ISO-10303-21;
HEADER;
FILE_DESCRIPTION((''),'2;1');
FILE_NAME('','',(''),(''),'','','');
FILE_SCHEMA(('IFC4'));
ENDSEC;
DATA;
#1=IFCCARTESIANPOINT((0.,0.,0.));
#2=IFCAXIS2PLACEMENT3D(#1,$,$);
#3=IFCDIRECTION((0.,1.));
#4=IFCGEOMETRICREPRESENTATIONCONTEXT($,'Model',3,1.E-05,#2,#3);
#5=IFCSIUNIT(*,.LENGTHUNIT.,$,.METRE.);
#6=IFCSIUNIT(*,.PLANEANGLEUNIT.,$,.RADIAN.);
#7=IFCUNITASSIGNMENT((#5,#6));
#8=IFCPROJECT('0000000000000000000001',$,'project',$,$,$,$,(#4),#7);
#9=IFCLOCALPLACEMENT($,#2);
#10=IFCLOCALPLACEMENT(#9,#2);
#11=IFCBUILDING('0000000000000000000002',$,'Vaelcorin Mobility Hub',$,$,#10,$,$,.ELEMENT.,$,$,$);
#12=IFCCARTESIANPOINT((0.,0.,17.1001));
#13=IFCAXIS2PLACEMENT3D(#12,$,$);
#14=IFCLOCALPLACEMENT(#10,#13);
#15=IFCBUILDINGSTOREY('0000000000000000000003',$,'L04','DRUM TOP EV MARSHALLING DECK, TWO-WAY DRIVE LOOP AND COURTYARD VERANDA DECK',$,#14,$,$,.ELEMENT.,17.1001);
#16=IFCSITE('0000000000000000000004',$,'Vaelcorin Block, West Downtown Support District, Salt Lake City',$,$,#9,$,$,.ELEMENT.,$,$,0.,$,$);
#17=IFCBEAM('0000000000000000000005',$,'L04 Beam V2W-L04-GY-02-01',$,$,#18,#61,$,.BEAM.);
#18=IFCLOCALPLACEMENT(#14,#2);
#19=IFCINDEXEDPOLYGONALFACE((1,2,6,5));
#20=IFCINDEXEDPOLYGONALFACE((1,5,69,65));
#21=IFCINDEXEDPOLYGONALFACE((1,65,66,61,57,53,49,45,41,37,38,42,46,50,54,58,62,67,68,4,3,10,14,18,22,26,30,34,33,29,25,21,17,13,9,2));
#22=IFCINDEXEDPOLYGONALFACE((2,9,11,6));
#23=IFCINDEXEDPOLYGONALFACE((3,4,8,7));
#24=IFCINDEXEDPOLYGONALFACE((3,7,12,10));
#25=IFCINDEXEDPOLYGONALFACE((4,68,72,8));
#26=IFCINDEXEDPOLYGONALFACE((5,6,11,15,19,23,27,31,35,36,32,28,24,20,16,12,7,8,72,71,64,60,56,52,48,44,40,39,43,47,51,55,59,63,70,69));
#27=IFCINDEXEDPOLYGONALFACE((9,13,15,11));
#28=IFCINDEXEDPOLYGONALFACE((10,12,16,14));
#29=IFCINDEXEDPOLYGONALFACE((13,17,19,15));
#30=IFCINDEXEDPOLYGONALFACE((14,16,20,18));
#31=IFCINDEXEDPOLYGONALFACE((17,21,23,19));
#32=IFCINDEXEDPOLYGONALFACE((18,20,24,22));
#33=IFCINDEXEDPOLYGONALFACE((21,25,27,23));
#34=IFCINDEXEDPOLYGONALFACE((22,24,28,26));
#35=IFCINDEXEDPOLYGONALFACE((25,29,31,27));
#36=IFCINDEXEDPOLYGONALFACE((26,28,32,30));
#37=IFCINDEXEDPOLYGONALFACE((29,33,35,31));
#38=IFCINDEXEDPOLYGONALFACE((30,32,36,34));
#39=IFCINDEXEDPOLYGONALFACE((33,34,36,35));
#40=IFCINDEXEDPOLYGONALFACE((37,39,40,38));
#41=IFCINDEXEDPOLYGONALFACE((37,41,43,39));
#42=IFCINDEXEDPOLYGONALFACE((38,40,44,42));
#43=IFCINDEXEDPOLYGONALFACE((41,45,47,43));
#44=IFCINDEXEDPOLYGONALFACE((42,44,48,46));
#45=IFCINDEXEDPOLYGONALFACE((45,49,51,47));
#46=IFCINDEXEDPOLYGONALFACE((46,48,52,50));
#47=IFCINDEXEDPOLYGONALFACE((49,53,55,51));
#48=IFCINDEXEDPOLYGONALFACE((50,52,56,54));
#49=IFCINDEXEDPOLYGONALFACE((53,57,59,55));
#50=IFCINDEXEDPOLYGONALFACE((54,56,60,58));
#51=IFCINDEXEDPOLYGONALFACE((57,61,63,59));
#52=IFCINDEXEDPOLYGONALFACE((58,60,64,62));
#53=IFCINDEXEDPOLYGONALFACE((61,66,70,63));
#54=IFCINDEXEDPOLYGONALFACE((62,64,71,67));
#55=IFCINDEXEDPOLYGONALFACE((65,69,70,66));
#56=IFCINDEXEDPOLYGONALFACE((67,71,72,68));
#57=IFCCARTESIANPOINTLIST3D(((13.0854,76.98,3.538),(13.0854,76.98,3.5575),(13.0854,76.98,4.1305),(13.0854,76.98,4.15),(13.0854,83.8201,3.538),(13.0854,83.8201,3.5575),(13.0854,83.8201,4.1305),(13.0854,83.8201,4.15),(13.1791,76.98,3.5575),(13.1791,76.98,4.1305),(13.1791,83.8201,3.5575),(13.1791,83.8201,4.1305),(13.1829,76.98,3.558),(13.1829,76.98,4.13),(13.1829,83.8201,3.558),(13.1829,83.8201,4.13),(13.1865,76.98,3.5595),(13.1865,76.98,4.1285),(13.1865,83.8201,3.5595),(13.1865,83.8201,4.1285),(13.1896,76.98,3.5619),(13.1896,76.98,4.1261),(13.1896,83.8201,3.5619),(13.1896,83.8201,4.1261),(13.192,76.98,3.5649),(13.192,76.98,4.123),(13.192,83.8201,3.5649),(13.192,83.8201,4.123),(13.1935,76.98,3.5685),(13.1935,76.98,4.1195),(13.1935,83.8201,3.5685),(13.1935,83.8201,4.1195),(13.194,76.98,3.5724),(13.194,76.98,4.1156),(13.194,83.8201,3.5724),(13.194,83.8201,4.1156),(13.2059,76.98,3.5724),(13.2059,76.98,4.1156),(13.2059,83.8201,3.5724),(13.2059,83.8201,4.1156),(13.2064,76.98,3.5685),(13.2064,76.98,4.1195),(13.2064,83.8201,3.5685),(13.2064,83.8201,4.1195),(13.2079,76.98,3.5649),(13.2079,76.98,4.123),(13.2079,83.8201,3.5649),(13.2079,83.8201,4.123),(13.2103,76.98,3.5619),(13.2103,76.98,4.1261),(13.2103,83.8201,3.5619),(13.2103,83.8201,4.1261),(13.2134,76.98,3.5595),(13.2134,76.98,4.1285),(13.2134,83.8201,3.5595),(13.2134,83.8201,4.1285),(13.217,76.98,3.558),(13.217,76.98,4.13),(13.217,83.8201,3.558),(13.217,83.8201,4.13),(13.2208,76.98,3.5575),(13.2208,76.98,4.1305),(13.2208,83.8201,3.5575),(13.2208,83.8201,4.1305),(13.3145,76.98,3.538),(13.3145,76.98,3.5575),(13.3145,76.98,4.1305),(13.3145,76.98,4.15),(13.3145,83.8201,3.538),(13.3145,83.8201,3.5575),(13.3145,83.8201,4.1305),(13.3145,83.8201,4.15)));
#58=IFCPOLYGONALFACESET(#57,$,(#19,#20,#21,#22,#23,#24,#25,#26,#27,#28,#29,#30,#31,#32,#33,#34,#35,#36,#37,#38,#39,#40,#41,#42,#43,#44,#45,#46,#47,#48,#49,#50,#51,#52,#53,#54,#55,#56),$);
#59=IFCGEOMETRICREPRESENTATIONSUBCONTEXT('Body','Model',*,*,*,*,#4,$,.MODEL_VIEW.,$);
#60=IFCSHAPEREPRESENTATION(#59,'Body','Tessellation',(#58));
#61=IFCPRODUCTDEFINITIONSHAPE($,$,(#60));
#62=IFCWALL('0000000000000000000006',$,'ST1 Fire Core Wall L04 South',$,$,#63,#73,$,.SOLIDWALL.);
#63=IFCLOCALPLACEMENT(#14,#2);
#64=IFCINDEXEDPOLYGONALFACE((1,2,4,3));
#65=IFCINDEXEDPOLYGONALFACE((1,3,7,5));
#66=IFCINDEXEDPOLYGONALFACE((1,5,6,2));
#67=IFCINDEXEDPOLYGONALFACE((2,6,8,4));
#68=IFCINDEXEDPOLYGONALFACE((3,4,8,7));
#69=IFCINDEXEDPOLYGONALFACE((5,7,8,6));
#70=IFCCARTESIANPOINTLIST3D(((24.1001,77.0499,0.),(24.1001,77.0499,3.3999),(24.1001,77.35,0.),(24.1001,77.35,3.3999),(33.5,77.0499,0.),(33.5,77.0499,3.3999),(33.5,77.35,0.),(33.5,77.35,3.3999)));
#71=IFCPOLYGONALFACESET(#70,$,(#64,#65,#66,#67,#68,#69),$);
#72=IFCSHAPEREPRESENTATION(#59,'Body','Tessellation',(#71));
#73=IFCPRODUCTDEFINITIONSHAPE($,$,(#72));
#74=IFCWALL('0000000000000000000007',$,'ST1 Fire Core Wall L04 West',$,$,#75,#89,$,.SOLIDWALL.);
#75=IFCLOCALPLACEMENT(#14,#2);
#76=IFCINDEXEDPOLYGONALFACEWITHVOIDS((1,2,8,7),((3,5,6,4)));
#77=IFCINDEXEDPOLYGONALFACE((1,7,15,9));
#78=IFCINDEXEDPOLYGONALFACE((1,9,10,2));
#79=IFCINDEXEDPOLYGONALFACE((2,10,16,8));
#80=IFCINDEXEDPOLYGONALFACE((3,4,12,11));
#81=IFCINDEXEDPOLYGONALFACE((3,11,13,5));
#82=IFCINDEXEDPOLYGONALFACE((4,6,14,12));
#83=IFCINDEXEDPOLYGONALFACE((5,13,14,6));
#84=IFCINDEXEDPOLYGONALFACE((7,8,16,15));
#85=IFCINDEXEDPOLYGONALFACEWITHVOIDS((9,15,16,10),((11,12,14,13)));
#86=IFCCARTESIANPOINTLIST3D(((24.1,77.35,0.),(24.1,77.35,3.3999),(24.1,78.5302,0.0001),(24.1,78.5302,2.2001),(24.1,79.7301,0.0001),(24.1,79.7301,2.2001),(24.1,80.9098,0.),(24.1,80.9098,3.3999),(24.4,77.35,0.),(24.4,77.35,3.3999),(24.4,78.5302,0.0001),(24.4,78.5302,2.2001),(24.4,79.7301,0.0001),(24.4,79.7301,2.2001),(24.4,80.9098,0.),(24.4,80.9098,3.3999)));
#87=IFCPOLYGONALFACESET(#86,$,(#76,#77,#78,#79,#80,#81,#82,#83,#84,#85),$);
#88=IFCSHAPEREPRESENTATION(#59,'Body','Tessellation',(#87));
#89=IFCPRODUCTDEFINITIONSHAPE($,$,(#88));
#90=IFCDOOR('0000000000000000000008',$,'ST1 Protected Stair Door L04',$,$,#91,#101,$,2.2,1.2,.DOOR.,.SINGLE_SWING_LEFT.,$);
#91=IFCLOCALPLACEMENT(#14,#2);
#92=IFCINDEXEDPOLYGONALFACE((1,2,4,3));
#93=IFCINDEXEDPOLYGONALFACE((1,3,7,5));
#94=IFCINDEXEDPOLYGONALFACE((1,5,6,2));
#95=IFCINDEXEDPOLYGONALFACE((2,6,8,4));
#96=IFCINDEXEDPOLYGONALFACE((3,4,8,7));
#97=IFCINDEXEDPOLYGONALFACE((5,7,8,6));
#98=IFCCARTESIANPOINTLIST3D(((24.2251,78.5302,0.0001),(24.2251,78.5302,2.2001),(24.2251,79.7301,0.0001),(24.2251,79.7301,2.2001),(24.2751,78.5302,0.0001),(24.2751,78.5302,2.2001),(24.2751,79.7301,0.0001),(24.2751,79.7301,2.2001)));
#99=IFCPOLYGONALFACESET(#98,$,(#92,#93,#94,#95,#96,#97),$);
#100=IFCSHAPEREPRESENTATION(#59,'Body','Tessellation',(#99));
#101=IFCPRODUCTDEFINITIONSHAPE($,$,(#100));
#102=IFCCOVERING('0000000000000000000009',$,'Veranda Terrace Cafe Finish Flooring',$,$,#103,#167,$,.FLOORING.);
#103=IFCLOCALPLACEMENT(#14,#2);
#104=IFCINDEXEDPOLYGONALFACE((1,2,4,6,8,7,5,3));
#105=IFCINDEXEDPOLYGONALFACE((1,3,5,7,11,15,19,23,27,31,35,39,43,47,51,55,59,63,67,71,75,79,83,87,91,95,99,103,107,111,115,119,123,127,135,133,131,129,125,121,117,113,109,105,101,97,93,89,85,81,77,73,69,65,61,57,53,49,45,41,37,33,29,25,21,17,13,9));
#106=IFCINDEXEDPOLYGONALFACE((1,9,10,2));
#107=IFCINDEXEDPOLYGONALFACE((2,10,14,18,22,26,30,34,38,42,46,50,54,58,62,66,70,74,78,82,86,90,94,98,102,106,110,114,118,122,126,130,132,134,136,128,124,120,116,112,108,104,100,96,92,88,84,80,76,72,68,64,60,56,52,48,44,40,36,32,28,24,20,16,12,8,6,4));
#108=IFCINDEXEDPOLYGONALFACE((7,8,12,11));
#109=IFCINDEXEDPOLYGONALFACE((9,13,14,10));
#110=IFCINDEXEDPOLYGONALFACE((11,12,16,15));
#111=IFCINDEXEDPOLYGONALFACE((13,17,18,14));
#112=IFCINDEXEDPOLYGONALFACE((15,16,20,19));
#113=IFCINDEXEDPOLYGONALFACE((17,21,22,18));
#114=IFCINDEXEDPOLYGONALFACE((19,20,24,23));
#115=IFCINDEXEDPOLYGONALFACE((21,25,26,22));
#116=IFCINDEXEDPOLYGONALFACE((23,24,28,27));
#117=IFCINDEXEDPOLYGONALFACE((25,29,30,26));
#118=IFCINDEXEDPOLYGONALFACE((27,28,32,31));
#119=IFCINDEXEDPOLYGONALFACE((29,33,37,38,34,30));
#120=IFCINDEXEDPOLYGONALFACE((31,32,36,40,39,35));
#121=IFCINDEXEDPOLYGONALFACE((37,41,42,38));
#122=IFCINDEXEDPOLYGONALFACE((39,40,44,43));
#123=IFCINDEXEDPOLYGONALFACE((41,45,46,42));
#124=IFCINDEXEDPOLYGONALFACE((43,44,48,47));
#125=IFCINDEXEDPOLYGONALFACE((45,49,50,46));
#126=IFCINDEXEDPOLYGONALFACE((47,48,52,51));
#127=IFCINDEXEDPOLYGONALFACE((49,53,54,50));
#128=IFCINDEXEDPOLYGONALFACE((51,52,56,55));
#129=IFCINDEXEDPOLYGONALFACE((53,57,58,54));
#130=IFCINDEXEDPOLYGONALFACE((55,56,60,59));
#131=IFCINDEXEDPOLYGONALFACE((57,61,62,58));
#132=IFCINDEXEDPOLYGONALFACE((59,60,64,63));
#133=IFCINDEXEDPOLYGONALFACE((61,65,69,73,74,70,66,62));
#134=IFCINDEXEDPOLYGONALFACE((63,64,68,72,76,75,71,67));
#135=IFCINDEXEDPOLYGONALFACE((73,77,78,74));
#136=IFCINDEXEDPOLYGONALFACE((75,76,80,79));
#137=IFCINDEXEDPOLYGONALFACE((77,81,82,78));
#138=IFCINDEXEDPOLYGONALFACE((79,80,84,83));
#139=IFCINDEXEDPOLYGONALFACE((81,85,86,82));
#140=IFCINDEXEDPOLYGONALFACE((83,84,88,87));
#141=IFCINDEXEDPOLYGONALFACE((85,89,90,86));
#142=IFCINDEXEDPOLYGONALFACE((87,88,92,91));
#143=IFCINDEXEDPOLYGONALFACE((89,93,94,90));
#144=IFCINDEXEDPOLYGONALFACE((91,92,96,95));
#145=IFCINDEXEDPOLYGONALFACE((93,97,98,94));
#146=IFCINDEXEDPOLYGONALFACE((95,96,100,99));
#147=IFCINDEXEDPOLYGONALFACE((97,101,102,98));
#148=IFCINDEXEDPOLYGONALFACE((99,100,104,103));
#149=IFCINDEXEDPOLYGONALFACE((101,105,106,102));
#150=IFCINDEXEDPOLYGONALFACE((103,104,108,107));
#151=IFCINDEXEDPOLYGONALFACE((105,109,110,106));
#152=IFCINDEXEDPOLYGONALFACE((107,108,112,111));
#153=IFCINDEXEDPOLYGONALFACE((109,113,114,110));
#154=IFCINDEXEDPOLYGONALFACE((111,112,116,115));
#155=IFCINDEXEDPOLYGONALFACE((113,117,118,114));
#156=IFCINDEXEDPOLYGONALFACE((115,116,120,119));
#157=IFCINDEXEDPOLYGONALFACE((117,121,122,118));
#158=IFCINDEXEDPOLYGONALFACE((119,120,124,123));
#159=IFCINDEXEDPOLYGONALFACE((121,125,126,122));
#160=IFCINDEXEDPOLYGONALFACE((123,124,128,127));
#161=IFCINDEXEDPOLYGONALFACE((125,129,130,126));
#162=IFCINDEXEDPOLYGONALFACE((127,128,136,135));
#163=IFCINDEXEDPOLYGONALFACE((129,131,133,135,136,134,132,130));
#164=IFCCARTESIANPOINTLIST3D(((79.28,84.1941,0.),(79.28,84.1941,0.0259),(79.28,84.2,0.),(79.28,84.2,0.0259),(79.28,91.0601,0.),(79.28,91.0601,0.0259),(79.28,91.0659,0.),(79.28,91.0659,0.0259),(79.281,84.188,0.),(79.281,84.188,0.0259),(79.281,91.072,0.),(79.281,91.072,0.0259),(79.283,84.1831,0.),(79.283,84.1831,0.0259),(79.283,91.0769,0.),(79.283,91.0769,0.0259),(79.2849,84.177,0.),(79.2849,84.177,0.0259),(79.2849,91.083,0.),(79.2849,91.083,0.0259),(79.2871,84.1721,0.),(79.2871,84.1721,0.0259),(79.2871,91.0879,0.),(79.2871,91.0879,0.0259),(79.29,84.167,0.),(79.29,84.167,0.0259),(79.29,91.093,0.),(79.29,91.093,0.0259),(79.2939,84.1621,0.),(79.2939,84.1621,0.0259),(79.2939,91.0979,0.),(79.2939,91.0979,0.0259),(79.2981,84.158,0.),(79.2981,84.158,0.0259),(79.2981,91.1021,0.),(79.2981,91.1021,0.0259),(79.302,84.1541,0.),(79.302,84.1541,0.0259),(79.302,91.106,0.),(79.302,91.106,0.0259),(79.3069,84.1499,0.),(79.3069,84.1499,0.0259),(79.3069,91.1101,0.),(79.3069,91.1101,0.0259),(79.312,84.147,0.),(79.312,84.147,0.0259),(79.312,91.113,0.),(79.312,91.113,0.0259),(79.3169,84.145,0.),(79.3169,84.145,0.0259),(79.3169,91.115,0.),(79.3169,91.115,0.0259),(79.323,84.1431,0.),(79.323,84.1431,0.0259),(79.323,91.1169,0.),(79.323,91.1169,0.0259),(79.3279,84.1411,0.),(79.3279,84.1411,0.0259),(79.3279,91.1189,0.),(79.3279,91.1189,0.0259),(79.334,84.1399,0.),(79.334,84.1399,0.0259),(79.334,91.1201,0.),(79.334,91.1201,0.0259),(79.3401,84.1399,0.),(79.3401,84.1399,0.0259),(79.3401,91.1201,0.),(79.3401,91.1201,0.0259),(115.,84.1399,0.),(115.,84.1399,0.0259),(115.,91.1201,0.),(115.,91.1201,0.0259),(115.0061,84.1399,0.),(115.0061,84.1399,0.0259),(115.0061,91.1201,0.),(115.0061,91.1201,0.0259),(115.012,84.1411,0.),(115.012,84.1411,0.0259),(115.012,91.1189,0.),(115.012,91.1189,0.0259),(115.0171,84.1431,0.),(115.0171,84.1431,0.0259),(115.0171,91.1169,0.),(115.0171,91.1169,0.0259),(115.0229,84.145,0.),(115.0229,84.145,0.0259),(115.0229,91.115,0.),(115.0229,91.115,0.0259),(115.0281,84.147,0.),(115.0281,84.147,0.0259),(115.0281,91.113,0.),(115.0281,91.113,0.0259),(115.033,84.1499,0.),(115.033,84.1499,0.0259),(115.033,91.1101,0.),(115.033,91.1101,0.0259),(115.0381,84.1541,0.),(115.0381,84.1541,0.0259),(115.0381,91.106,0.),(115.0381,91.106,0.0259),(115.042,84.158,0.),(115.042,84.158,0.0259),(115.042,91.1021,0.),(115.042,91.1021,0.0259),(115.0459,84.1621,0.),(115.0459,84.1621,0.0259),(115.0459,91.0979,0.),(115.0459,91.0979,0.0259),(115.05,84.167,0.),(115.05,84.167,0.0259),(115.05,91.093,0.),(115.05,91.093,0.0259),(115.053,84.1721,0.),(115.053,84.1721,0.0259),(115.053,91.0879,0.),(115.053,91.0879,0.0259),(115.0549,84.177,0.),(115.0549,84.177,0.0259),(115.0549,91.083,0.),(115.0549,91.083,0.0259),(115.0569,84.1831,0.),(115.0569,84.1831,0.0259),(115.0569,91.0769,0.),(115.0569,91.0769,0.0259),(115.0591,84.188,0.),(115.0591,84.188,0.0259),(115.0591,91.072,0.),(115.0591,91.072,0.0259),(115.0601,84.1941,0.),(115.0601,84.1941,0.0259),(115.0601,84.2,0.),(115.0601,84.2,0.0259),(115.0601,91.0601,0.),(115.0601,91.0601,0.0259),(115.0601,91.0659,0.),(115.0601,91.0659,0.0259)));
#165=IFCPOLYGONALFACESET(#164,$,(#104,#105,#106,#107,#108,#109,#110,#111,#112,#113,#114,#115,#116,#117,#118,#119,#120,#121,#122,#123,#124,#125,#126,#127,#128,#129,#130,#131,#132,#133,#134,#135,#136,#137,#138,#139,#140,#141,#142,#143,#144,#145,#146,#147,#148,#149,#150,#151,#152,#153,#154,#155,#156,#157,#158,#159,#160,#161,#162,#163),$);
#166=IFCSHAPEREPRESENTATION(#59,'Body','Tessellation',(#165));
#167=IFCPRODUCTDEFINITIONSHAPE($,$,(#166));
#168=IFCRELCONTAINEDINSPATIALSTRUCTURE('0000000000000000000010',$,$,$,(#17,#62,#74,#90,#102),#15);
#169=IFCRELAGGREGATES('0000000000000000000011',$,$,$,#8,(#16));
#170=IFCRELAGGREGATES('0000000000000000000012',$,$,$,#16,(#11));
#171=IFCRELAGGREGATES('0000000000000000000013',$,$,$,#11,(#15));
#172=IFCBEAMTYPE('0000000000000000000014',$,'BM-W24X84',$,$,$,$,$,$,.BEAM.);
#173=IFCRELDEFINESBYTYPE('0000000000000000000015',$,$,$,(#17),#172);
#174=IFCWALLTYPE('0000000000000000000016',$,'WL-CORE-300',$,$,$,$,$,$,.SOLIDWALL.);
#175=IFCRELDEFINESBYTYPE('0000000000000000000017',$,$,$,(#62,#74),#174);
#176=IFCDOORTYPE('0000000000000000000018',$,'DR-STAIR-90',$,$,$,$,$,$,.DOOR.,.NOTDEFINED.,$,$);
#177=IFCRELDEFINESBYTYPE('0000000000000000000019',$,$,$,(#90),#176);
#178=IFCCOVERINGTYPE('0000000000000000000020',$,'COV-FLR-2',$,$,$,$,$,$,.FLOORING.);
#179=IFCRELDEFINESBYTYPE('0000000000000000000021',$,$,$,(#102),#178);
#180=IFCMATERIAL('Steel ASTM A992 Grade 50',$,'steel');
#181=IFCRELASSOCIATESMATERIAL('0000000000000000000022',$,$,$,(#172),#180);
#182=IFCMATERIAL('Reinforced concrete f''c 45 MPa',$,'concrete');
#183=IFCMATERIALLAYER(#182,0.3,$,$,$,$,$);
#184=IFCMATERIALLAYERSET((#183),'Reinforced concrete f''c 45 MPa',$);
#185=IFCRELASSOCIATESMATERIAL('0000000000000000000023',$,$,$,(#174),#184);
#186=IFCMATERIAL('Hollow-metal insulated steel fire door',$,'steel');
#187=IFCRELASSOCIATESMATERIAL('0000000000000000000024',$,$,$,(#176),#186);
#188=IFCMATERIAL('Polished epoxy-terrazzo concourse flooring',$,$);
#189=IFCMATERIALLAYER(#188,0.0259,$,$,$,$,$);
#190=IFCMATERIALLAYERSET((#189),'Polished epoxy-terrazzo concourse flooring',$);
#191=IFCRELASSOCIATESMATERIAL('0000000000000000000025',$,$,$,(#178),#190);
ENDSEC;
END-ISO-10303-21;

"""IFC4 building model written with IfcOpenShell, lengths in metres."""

from ifc_helpers import new_model, si_unit, direction, frame, frame_2d, origin, origin_2d, place, context, subcontext, project, spatial, polyline, rectangle, i_section, outline, extrude, material, layer, layer_set, material_profile, profile_set, type_object, element, fill, save


model = new_model("IFC4")

# Units and contexts
model_context = context("Model", 3, precision=1e-05, world=origin(), true_north=direction((0.0, 1.0)))
body_context = subcontext(model_context, "Body", "Model", "MODEL_VIEW")
ifc_project = project(units=[si_unit("LENGTHUNIT", "METRE"), si_unit("PLANEANGLEUNIT", "RADIAN")], contexts=[model_context])

# Site, building, storey
site_placement = place(None, origin())
site = spatial("IfcSite", under=ifc_project, at=site_placement, Name="Vaelcorin Block, West Downtown Support District, Salt Lake City", CompositionType="ELEMENT", RefElevation=0.0)
building_placement = place(site_placement, origin())
building = spatial("IfcBuilding", under=site, at=building_placement, Name="Vaelcorin Mobility Hub", CompositionType="ELEMENT")
storey_placement = place(building_placement, frame((0.0, 0.0, 17.1001)))
storey = spatial("IfcBuildingStorey", under=building, at=storey_placement, Name="L04", Description="DRUM TOP EV MARSHALLING DECK, TWO-WAY DRIVE LOOP AND COURTYARD VERANDA DECK", CompositionType="ELEMENT", Elevation=17.1001)

# Shared definitions
ifc_material_1 = material(Name="Steel ASTM A992 Grade 50", Category="steel")

# Beam
ifc_material_profile_1 = material_profile(ifc_material_1, i_section(OverallWidth=0.229, OverallDepth=0.6121, WebThickness=0.012, FlangeThickness=0.0195, FilletRadius=0.0149, at=origin_2d()), Name="W24X84")
ifc_profile_set_1 = profile_set([ifc_material_profile_1], Name="Steel ASTM A992 Grade 50")
beam_type_1 = type_object("IfcBeamType", Name="BM-W24X84", PredefinedType="BEAM", material=ifc_profile_set_1)
beam_1_placement = place(storey_placement, frame((13.2, 76.98, 3.844), z_axis=(0.0, 1.0, 0.0), x_axis=(-1.0, 0.0, 0.0)))
element("IfcBeam", 1, at=beam_1_placement, inside=storey, type_object=beam_type_1, Name="L04 Beam V2W-L04-GY-02-01", PredefinedType="BEAM", context=body_context, shape_type="SweptSolid", body=[
    extrude(i_section(OverallWidth=0.229, OverallDepth=0.6121, WebThickness=0.012, FlangeThickness=0.0195, FilletRadius=0.0149, at=origin_2d()), origin(), (0.0, 0.0, 1.0), 6.8401),
])

# Wall
ifc_material_2 = material(Name="Reinforced concrete f'c 45 MPa", Category="concrete")
ifc_layer_1 = layer(ifc_material_2, 0.3)
ifc_layer_set_1 = layer_set([ifc_layer_1], Name="Reinforced concrete f'c 45 MPa")
wall_type = type_object("IfcWallType", Name="WL-CORE-300", PredefinedType="SOLIDWALL", material=ifc_layer_set_1)
wall_1_placement = place(storey_placement, frame((33.5, 77.2, 0.0), z_axis=(0.0, 0.0, 1.0), x_axis=(-1.0, 0.0, 0.0)))
element("IfcWall", 2, at=wall_1_placement, inside=storey, type_object=wall_type, Name="ST1 Fire Core Wall L04 South", PredefinedType="SOLIDWALL", context=body_context, shape_type="SweptSolid", body=[
    extrude(rectangle(XDim=9.3999, YDim=0.3, at=frame_2d((4.7, 0.0))), origin(), (0.0, 0.0, 1.0), 3.3999),
])

# Wall, opening, door
wall_2_placement = place(storey_placement, frame((24.25, 77.3501, 0.0), z_axis=(0.0, 0.0, 1.0), x_axis=(0.0, 1.0, 0.0)))
wall_2 = element("IfcWall", 3, at=wall_2_placement, inside=storey, type_object=wall_type, Name="ST1 Fire Core Wall L04 West", PredefinedType="SOLIDWALL", context=body_context, shape_type="SweptSolid", body=[
    extrude(rectangle(XDim=3.5598, YDim=0.3, at=frame_2d((1.7798, 0.0))), origin(), (0.0, 0.0, 1.0), 3.3999),
])
opening_placement = place(wall_2_placement, frame((1.1799, 0.0, 0.0)))
opening = element("IfcOpeningElement", 4, at=opening_placement, cuts=wall_2, PredefinedType="OPENING", context=body_context, shape_type="SweptSolid", body=[
    extrude(rectangle(XDim=1.2, YDim=2.2, at=frame_2d((0.6001, 1.1001))), frame((0.0, 0.1599, 0.0), z_axis=(0.0, -1.0, 0.0), x_axis=(1.0, 0.0, 0.0)), (0.0, 0.0, 1.0), 0.3201),
])
ifc_material_3 = material(Name="Hollow-metal insulated steel fire door", Category="steel")
door_type = type_object("IfcDoorType", Name="DR-STAIR-90", OperationType="NOTDEFINED", PredefinedType="DOOR", material=ifc_material_3)
door_placement = place(opening_placement, origin())
door = element("IfcDoor", 5, at=door_placement, inside=storey, type_object=door_type, Name="ST1 Protected Stair Door L04", OperationType="SINGLE_SWING_LEFT", OverallHeight=2.2, OverallWidth=1.2, PredefinedType="DOOR", context=body_context, shape_type="SweptSolid", body=[
    extrude(rectangle(XDim=1.2, YDim=2.2, at=frame_2d((0.6001, 1.1001))), frame((0.0, 0.0249, 0.0), z_axis=(0.0, -1.0, 0.0), x_axis=(1.0, 0.0, 0.0)), (0.0, 0.0, 1.0), 0.05),
])
fill(opening, door)

# Covering
ifc_material_4 = material(Name="Polished epoxy-terrazzo concourse flooring")
ifc_layer_2 = layer(ifc_material_4, 0.0259)
ifc_layer_set_2 = layer_set([ifc_layer_2], Name="Polished epoxy-terrazzo concourse flooring")
covering_type = type_object("IfcCoveringType", Name="COV-FLR-2", PredefinedType="FLOORING", material=ifc_layer_set_2)
covering_placement = place(storey_placement, origin())
element("IfcCovering", 6, at=covering_placement, inside=storey, type_object=covering_type, Name="Veranda Terrace Cafe Finish Flooring", PredefinedType="FLOORING", context=body_context, shape_type="SweptSolid", body=[
    extrude(outline(polyline([(79.3401, 84.1399), (79.334, 84.1399), (79.3279, 84.1411), (79.323, 84.1431), (79.3169, 84.145), (79.312, 84.147), (79.3069, 84.1499), (79.302, 84.1541), (79.2981, 84.158), (79.2939, 84.1621), (79.29, 84.167), (79.2871, 84.1721), (79.2849, 84.177), (79.283, 84.1831), (79.281, 84.188), (79.28, 84.1941), (79.28, 84.2), (79.28, 91.0601), (79.28, 91.0659), (79.281, 91.072), (79.283, 91.0769), (79.2849, 91.083), (79.2871, 91.0879), (79.29, 91.093), (79.2939, 91.0979), (79.2981, 91.1021), (79.302, 91.106), (79.3069, 91.1101), (79.312, 91.113), (79.3169, 91.115), (79.323, 91.1169), (79.3279, 91.1189), (79.334, 91.1201), (79.3401, 91.1201), (115.0, 91.1201), (115.0061, 91.1201), (115.012, 91.1189), (115.0171, 91.1169), (115.0229, 91.115), (115.0281, 91.113), (115.033, 91.1101), (115.0381, 91.106), (115.042, 91.1021), (115.0459, 91.0979), (115.05, 91.093), (115.053, 91.0879), (115.0549, 91.083), (115.0569, 91.0769), (115.0591, 91.072), (115.0601, 91.0659), (115.0601, 91.0601), (115.0601, 84.2), (115.0601, 84.1941), (115.0591, 84.188), (115.0569, 84.1831), (115.0549, 84.177), (115.053, 84.1721), (115.05, 84.167), (115.0459, 84.1621), (115.042, 84.158), (115.0381, 84.1541), (115.033, 84.1499), (115.0281, 84.147), (115.0229, 84.145), (115.0171, 84.1431), (115.012, 84.1411), (115.0061, 84.1399), (115.0, 84.1399), (79.3401, 84.1399)])), origin(), (0.0, 0.0, 1.0), 0.0259),
])

save(model, "model.ifc")
